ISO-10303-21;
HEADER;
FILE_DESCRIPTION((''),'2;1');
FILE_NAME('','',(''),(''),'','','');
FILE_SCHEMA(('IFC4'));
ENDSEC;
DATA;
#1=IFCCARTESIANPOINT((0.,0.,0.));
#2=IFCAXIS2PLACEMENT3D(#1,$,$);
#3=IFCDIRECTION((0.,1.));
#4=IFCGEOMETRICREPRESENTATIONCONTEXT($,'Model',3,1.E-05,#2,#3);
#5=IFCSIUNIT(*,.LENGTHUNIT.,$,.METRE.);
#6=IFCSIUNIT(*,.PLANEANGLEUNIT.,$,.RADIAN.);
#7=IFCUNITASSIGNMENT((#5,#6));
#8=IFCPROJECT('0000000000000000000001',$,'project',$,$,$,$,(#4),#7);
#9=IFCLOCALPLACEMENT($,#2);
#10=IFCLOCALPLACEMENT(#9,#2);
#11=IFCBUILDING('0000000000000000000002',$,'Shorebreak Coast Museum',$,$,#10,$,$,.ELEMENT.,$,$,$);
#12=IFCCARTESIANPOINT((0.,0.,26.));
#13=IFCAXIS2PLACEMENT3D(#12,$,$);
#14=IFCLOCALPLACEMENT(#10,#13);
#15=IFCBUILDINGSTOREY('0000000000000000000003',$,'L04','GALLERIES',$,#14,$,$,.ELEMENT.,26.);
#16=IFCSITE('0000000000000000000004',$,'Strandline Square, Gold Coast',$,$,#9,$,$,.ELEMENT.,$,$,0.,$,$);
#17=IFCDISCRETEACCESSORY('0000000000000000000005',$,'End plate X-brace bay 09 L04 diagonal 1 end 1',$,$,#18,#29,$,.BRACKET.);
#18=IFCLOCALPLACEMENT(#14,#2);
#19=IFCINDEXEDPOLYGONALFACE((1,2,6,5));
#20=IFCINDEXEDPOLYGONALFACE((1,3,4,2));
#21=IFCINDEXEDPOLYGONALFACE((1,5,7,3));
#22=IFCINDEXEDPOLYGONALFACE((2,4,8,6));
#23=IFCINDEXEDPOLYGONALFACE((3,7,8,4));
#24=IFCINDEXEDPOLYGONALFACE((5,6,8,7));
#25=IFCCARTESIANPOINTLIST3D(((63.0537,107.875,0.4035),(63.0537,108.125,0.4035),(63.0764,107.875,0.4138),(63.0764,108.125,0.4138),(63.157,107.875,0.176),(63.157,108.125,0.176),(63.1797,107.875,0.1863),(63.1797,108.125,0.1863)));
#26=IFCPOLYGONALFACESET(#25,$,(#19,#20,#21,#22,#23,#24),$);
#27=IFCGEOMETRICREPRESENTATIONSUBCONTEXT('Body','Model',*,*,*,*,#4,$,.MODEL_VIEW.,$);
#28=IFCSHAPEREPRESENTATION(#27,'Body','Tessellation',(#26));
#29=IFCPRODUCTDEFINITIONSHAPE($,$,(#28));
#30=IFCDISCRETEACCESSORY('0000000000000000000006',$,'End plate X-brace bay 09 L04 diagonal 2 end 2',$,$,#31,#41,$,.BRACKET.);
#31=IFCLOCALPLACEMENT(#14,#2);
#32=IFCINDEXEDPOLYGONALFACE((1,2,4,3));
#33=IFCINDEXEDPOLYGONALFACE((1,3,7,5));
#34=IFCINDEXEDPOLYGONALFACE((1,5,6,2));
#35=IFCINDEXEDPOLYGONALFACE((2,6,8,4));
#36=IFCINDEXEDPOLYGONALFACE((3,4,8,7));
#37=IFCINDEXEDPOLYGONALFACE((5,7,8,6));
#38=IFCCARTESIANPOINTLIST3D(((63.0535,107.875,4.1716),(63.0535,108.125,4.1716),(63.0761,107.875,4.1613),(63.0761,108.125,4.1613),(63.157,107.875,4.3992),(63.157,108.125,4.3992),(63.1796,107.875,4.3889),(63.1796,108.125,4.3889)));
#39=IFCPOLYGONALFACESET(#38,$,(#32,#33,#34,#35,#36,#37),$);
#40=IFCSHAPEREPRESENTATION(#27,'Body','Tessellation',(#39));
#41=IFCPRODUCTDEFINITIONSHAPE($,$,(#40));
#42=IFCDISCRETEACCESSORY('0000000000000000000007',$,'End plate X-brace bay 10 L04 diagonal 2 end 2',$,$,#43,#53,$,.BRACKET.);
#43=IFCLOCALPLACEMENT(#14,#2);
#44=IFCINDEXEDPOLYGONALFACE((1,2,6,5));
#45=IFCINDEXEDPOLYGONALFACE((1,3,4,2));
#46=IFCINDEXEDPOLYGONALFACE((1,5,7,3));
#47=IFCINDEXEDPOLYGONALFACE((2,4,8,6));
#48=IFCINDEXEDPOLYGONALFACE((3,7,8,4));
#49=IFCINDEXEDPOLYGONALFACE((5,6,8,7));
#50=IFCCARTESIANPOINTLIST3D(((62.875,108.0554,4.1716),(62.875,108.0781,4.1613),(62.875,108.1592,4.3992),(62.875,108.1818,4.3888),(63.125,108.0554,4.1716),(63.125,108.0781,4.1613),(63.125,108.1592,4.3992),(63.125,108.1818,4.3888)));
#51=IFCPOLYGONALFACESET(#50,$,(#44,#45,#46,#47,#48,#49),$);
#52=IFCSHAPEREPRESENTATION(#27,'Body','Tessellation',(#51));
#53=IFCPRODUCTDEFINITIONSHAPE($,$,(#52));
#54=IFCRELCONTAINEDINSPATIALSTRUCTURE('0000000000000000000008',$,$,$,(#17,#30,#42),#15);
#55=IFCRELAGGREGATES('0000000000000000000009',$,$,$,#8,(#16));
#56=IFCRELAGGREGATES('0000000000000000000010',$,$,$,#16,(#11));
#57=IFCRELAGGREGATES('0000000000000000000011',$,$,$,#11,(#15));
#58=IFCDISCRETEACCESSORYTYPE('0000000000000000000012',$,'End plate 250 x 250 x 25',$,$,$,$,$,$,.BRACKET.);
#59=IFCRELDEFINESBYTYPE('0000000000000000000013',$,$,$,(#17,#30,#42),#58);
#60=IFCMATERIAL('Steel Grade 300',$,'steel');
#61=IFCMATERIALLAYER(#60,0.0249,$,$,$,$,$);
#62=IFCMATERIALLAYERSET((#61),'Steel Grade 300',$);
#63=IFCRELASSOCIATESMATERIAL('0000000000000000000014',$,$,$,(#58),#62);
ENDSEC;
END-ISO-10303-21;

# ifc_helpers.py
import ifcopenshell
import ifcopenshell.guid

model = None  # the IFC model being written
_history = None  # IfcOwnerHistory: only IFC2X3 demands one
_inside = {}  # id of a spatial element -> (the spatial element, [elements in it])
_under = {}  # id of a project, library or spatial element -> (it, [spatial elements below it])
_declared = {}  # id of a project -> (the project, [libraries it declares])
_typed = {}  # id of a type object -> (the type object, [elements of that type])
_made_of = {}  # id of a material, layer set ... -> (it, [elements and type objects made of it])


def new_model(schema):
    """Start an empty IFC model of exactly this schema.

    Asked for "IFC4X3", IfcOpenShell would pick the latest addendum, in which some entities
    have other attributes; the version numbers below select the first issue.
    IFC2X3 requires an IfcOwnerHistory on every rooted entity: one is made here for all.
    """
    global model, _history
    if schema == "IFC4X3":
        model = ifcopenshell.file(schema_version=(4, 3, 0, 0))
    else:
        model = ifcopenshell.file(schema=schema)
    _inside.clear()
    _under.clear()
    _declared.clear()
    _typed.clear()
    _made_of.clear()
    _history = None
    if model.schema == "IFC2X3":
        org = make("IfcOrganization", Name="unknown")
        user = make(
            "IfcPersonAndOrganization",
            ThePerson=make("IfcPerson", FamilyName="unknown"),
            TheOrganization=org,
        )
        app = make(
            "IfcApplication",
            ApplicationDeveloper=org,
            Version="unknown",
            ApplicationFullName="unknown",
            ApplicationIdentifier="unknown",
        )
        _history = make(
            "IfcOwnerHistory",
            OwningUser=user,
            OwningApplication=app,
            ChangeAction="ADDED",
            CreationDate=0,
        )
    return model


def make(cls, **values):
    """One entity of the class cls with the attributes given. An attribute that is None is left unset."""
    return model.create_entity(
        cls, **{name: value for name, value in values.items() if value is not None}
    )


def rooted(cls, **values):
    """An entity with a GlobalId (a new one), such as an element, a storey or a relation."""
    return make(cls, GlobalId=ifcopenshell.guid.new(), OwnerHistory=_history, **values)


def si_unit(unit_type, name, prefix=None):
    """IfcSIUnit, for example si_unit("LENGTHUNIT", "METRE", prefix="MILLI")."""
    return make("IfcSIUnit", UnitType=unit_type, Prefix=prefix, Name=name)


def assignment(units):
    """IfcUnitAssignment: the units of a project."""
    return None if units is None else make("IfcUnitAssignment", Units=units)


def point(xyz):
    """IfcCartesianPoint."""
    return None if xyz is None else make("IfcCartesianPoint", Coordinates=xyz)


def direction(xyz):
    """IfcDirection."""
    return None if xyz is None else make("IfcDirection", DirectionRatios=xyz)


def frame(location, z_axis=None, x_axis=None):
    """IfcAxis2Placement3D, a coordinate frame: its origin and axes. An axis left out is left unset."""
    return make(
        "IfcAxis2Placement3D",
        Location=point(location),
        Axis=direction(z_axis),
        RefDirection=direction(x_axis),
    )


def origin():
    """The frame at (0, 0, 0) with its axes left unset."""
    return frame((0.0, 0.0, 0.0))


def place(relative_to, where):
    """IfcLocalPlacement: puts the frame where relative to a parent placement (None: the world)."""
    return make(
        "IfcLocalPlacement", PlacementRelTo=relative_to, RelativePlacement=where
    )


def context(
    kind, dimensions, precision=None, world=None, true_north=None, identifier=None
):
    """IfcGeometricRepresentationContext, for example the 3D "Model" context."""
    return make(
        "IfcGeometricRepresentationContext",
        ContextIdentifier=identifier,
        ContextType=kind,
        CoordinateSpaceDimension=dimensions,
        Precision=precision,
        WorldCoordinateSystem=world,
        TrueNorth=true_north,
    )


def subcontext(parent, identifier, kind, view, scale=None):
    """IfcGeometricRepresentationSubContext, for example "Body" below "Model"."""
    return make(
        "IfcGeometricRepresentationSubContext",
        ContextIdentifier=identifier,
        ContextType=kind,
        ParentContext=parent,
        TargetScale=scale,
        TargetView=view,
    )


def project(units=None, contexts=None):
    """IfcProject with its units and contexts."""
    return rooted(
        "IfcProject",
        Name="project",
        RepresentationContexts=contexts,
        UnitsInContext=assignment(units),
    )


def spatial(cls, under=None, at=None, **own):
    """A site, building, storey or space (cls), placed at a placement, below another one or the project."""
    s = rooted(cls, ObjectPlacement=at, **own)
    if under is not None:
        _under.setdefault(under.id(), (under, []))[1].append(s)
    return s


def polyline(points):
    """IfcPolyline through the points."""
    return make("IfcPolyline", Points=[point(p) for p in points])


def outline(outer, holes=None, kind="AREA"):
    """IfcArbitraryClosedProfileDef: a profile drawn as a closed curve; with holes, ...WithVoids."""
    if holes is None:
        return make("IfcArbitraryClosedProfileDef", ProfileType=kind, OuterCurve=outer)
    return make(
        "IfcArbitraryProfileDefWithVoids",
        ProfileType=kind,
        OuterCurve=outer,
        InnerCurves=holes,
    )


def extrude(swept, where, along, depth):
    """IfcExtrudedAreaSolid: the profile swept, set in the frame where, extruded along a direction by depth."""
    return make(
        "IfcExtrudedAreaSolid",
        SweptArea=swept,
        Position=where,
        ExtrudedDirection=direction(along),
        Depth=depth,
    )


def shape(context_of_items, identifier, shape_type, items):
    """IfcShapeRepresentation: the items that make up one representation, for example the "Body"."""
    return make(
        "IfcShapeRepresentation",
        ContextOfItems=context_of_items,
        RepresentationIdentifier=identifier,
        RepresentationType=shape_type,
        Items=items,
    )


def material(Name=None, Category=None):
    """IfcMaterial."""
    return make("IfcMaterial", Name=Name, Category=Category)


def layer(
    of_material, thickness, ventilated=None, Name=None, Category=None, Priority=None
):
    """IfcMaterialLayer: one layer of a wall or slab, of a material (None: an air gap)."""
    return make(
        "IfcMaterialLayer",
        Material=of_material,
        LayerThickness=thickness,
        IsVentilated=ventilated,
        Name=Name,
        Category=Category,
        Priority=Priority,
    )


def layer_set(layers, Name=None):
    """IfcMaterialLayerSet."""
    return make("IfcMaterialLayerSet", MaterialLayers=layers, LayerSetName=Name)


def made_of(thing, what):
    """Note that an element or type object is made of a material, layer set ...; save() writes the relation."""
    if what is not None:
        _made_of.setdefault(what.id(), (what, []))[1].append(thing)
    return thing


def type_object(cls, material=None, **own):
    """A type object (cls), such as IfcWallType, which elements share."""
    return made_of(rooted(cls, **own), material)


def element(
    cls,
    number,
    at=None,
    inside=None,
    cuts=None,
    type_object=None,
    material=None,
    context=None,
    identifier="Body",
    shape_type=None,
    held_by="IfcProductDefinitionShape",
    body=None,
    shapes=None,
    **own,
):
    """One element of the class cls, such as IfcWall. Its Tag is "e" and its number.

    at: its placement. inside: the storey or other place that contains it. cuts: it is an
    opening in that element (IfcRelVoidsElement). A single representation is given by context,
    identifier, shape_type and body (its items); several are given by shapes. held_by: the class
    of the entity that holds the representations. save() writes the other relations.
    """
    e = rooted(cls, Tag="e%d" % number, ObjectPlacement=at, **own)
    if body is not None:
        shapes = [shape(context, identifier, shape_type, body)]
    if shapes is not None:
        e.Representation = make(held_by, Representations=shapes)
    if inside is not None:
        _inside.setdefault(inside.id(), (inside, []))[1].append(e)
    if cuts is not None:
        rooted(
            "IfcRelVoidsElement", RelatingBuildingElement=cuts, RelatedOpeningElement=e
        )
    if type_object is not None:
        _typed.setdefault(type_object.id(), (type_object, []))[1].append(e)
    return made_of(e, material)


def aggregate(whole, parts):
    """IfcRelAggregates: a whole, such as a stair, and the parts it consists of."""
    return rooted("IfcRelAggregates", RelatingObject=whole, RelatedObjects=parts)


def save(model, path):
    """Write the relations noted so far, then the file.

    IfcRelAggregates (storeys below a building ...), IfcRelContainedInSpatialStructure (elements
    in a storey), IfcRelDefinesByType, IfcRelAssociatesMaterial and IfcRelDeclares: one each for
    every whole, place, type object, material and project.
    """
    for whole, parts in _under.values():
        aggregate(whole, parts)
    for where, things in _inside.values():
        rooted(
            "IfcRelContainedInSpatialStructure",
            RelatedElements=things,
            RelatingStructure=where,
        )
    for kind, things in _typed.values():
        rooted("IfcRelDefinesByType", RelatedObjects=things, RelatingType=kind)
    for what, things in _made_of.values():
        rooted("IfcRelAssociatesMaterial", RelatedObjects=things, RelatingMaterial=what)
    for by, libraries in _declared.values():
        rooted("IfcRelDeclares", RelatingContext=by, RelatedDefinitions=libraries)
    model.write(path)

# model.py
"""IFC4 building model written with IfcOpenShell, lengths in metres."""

from ifc_helpers import new_model, si_unit, direction, frame, origin, place, context, subcontext, project, spatial, polyline, outline, extrude, material, layer, layer_set, type_object, element, save


model = new_model("IFC4")

# Units and contexts
model_context = context("Model", 3, precision=1e-05, world=origin(), true_north=direction((0.0, 1.0)))
body_context = subcontext(model_context, "Body", "Model", "MODEL_VIEW")
ifc_project = project(units=[si_unit("LENGTHUNIT", "METRE"), si_unit("PLANEANGLEUNIT", "RADIAN")], contexts=[model_context])

# Site, building, storey
site_placement = place(None, origin())
site = spatial("IfcSite", under=ifc_project, at=site_placement, Name="Strandline Square, Gold Coast", CompositionType="ELEMENT", RefElevation=0.0)
building_placement = place(site_placement, origin())
building = spatial("IfcBuilding", under=site, at=building_placement, Name="Shorebreak Coast Museum", CompositionType="ELEMENT")
storey_placement = place(building_placement, frame((0.0, 0.0, 26.0)))
storey = spatial("IfcBuildingStorey", under=building, at=storey_placement, Name="L04", Description="GALLERIES", CompositionType="ELEMENT", Elevation=26.0)

# Discrete accessories
ifc_material_1 = material(Name="Steel Grade 300", Category="steel")
ifc_layer_1 = layer(ifc_material_1, 0.0249)
ifc_layer_set_1 = layer_set([ifc_layer_1], Name="Steel Grade 300")
discrete_accessory_type = type_object("IfcDiscreteAccessoryType", Name="End plate 250 x 250 x 25", PredefinedType="BRACKET", material=ifc_layer_set_1)
discrete_accessory_1_placement = place(storey_placement, frame((63.1797, 107.875, 0.1863), z_axis=(0.910601, 0.0, 0.413288), x_axis=(0.0, 1.0, 0.0)))
element("IfcDiscreteAccessory", 1, at=discrete_accessory_1_placement, inside=storey, type_object=discrete_accessory_type, Name="End plate X-brace bay 09 L04 diagonal 1 end 1", PredefinedType="BRACKET", context=body_context, shape_type="SweptSolid", body=[
    extrude(outline(polyline([(0.0, 0.0), (0.25, 0.0), (0.25, 0.2499), (0.0, 0.2499), (0.0, 0.0)])), origin(), (0.0, 0.0, -1.0), 0.0249),
])
discrete_accessory_2_placement = place(storey_placement, frame((63.0535, 108.125, 4.1716), z_axis=(-0.910233, 0.0, 0.414097), x_axis=(0.0, -1.0, 0.0)))
element("IfcDiscreteAccessory", 2, at=discrete_accessory_2_placement, inside=storey, type_object=discrete_accessory_type, Name="End plate X-brace bay 09 L04 diagonal 2 end 2", PredefinedType="BRACKET", context=body_context, shape_type="SweptSolid", body=[
    extrude(outline(polyline([(0.0, 0.0), (0.25, 0.0), (0.25, 0.25), (0.0, 0.25), (0.0, 0.0)])), origin(), (0.0, 0.0, -1.0), 0.0249),
])
discrete_accessory_3_placement = place(storey_placement, frame((62.875, 108.0554, 4.1716), z_axis=(0.0, -0.909864, 0.414906), x_axis=(1.0, 0.0, 0.0)))
element("IfcDiscreteAccessory", 3, at=discrete_accessory_3_placement, inside=storey, type_object=discrete_accessory_type, Name="End plate X-brace bay 10 L04 diagonal 2 end 2", PredefinedType="BRACKET", context=body_context, shape_type="SweptSolid", body=[
    extrude(outline(polyline([(0.0, 0.0), (0.25, 0.0), (0.25, 0.2501), (0.0, 0.2501), (0.0, 0.0)])), origin(), (0.0, 0.0, -1.0), 0.0249),
])

save(model, "model.ifc")
